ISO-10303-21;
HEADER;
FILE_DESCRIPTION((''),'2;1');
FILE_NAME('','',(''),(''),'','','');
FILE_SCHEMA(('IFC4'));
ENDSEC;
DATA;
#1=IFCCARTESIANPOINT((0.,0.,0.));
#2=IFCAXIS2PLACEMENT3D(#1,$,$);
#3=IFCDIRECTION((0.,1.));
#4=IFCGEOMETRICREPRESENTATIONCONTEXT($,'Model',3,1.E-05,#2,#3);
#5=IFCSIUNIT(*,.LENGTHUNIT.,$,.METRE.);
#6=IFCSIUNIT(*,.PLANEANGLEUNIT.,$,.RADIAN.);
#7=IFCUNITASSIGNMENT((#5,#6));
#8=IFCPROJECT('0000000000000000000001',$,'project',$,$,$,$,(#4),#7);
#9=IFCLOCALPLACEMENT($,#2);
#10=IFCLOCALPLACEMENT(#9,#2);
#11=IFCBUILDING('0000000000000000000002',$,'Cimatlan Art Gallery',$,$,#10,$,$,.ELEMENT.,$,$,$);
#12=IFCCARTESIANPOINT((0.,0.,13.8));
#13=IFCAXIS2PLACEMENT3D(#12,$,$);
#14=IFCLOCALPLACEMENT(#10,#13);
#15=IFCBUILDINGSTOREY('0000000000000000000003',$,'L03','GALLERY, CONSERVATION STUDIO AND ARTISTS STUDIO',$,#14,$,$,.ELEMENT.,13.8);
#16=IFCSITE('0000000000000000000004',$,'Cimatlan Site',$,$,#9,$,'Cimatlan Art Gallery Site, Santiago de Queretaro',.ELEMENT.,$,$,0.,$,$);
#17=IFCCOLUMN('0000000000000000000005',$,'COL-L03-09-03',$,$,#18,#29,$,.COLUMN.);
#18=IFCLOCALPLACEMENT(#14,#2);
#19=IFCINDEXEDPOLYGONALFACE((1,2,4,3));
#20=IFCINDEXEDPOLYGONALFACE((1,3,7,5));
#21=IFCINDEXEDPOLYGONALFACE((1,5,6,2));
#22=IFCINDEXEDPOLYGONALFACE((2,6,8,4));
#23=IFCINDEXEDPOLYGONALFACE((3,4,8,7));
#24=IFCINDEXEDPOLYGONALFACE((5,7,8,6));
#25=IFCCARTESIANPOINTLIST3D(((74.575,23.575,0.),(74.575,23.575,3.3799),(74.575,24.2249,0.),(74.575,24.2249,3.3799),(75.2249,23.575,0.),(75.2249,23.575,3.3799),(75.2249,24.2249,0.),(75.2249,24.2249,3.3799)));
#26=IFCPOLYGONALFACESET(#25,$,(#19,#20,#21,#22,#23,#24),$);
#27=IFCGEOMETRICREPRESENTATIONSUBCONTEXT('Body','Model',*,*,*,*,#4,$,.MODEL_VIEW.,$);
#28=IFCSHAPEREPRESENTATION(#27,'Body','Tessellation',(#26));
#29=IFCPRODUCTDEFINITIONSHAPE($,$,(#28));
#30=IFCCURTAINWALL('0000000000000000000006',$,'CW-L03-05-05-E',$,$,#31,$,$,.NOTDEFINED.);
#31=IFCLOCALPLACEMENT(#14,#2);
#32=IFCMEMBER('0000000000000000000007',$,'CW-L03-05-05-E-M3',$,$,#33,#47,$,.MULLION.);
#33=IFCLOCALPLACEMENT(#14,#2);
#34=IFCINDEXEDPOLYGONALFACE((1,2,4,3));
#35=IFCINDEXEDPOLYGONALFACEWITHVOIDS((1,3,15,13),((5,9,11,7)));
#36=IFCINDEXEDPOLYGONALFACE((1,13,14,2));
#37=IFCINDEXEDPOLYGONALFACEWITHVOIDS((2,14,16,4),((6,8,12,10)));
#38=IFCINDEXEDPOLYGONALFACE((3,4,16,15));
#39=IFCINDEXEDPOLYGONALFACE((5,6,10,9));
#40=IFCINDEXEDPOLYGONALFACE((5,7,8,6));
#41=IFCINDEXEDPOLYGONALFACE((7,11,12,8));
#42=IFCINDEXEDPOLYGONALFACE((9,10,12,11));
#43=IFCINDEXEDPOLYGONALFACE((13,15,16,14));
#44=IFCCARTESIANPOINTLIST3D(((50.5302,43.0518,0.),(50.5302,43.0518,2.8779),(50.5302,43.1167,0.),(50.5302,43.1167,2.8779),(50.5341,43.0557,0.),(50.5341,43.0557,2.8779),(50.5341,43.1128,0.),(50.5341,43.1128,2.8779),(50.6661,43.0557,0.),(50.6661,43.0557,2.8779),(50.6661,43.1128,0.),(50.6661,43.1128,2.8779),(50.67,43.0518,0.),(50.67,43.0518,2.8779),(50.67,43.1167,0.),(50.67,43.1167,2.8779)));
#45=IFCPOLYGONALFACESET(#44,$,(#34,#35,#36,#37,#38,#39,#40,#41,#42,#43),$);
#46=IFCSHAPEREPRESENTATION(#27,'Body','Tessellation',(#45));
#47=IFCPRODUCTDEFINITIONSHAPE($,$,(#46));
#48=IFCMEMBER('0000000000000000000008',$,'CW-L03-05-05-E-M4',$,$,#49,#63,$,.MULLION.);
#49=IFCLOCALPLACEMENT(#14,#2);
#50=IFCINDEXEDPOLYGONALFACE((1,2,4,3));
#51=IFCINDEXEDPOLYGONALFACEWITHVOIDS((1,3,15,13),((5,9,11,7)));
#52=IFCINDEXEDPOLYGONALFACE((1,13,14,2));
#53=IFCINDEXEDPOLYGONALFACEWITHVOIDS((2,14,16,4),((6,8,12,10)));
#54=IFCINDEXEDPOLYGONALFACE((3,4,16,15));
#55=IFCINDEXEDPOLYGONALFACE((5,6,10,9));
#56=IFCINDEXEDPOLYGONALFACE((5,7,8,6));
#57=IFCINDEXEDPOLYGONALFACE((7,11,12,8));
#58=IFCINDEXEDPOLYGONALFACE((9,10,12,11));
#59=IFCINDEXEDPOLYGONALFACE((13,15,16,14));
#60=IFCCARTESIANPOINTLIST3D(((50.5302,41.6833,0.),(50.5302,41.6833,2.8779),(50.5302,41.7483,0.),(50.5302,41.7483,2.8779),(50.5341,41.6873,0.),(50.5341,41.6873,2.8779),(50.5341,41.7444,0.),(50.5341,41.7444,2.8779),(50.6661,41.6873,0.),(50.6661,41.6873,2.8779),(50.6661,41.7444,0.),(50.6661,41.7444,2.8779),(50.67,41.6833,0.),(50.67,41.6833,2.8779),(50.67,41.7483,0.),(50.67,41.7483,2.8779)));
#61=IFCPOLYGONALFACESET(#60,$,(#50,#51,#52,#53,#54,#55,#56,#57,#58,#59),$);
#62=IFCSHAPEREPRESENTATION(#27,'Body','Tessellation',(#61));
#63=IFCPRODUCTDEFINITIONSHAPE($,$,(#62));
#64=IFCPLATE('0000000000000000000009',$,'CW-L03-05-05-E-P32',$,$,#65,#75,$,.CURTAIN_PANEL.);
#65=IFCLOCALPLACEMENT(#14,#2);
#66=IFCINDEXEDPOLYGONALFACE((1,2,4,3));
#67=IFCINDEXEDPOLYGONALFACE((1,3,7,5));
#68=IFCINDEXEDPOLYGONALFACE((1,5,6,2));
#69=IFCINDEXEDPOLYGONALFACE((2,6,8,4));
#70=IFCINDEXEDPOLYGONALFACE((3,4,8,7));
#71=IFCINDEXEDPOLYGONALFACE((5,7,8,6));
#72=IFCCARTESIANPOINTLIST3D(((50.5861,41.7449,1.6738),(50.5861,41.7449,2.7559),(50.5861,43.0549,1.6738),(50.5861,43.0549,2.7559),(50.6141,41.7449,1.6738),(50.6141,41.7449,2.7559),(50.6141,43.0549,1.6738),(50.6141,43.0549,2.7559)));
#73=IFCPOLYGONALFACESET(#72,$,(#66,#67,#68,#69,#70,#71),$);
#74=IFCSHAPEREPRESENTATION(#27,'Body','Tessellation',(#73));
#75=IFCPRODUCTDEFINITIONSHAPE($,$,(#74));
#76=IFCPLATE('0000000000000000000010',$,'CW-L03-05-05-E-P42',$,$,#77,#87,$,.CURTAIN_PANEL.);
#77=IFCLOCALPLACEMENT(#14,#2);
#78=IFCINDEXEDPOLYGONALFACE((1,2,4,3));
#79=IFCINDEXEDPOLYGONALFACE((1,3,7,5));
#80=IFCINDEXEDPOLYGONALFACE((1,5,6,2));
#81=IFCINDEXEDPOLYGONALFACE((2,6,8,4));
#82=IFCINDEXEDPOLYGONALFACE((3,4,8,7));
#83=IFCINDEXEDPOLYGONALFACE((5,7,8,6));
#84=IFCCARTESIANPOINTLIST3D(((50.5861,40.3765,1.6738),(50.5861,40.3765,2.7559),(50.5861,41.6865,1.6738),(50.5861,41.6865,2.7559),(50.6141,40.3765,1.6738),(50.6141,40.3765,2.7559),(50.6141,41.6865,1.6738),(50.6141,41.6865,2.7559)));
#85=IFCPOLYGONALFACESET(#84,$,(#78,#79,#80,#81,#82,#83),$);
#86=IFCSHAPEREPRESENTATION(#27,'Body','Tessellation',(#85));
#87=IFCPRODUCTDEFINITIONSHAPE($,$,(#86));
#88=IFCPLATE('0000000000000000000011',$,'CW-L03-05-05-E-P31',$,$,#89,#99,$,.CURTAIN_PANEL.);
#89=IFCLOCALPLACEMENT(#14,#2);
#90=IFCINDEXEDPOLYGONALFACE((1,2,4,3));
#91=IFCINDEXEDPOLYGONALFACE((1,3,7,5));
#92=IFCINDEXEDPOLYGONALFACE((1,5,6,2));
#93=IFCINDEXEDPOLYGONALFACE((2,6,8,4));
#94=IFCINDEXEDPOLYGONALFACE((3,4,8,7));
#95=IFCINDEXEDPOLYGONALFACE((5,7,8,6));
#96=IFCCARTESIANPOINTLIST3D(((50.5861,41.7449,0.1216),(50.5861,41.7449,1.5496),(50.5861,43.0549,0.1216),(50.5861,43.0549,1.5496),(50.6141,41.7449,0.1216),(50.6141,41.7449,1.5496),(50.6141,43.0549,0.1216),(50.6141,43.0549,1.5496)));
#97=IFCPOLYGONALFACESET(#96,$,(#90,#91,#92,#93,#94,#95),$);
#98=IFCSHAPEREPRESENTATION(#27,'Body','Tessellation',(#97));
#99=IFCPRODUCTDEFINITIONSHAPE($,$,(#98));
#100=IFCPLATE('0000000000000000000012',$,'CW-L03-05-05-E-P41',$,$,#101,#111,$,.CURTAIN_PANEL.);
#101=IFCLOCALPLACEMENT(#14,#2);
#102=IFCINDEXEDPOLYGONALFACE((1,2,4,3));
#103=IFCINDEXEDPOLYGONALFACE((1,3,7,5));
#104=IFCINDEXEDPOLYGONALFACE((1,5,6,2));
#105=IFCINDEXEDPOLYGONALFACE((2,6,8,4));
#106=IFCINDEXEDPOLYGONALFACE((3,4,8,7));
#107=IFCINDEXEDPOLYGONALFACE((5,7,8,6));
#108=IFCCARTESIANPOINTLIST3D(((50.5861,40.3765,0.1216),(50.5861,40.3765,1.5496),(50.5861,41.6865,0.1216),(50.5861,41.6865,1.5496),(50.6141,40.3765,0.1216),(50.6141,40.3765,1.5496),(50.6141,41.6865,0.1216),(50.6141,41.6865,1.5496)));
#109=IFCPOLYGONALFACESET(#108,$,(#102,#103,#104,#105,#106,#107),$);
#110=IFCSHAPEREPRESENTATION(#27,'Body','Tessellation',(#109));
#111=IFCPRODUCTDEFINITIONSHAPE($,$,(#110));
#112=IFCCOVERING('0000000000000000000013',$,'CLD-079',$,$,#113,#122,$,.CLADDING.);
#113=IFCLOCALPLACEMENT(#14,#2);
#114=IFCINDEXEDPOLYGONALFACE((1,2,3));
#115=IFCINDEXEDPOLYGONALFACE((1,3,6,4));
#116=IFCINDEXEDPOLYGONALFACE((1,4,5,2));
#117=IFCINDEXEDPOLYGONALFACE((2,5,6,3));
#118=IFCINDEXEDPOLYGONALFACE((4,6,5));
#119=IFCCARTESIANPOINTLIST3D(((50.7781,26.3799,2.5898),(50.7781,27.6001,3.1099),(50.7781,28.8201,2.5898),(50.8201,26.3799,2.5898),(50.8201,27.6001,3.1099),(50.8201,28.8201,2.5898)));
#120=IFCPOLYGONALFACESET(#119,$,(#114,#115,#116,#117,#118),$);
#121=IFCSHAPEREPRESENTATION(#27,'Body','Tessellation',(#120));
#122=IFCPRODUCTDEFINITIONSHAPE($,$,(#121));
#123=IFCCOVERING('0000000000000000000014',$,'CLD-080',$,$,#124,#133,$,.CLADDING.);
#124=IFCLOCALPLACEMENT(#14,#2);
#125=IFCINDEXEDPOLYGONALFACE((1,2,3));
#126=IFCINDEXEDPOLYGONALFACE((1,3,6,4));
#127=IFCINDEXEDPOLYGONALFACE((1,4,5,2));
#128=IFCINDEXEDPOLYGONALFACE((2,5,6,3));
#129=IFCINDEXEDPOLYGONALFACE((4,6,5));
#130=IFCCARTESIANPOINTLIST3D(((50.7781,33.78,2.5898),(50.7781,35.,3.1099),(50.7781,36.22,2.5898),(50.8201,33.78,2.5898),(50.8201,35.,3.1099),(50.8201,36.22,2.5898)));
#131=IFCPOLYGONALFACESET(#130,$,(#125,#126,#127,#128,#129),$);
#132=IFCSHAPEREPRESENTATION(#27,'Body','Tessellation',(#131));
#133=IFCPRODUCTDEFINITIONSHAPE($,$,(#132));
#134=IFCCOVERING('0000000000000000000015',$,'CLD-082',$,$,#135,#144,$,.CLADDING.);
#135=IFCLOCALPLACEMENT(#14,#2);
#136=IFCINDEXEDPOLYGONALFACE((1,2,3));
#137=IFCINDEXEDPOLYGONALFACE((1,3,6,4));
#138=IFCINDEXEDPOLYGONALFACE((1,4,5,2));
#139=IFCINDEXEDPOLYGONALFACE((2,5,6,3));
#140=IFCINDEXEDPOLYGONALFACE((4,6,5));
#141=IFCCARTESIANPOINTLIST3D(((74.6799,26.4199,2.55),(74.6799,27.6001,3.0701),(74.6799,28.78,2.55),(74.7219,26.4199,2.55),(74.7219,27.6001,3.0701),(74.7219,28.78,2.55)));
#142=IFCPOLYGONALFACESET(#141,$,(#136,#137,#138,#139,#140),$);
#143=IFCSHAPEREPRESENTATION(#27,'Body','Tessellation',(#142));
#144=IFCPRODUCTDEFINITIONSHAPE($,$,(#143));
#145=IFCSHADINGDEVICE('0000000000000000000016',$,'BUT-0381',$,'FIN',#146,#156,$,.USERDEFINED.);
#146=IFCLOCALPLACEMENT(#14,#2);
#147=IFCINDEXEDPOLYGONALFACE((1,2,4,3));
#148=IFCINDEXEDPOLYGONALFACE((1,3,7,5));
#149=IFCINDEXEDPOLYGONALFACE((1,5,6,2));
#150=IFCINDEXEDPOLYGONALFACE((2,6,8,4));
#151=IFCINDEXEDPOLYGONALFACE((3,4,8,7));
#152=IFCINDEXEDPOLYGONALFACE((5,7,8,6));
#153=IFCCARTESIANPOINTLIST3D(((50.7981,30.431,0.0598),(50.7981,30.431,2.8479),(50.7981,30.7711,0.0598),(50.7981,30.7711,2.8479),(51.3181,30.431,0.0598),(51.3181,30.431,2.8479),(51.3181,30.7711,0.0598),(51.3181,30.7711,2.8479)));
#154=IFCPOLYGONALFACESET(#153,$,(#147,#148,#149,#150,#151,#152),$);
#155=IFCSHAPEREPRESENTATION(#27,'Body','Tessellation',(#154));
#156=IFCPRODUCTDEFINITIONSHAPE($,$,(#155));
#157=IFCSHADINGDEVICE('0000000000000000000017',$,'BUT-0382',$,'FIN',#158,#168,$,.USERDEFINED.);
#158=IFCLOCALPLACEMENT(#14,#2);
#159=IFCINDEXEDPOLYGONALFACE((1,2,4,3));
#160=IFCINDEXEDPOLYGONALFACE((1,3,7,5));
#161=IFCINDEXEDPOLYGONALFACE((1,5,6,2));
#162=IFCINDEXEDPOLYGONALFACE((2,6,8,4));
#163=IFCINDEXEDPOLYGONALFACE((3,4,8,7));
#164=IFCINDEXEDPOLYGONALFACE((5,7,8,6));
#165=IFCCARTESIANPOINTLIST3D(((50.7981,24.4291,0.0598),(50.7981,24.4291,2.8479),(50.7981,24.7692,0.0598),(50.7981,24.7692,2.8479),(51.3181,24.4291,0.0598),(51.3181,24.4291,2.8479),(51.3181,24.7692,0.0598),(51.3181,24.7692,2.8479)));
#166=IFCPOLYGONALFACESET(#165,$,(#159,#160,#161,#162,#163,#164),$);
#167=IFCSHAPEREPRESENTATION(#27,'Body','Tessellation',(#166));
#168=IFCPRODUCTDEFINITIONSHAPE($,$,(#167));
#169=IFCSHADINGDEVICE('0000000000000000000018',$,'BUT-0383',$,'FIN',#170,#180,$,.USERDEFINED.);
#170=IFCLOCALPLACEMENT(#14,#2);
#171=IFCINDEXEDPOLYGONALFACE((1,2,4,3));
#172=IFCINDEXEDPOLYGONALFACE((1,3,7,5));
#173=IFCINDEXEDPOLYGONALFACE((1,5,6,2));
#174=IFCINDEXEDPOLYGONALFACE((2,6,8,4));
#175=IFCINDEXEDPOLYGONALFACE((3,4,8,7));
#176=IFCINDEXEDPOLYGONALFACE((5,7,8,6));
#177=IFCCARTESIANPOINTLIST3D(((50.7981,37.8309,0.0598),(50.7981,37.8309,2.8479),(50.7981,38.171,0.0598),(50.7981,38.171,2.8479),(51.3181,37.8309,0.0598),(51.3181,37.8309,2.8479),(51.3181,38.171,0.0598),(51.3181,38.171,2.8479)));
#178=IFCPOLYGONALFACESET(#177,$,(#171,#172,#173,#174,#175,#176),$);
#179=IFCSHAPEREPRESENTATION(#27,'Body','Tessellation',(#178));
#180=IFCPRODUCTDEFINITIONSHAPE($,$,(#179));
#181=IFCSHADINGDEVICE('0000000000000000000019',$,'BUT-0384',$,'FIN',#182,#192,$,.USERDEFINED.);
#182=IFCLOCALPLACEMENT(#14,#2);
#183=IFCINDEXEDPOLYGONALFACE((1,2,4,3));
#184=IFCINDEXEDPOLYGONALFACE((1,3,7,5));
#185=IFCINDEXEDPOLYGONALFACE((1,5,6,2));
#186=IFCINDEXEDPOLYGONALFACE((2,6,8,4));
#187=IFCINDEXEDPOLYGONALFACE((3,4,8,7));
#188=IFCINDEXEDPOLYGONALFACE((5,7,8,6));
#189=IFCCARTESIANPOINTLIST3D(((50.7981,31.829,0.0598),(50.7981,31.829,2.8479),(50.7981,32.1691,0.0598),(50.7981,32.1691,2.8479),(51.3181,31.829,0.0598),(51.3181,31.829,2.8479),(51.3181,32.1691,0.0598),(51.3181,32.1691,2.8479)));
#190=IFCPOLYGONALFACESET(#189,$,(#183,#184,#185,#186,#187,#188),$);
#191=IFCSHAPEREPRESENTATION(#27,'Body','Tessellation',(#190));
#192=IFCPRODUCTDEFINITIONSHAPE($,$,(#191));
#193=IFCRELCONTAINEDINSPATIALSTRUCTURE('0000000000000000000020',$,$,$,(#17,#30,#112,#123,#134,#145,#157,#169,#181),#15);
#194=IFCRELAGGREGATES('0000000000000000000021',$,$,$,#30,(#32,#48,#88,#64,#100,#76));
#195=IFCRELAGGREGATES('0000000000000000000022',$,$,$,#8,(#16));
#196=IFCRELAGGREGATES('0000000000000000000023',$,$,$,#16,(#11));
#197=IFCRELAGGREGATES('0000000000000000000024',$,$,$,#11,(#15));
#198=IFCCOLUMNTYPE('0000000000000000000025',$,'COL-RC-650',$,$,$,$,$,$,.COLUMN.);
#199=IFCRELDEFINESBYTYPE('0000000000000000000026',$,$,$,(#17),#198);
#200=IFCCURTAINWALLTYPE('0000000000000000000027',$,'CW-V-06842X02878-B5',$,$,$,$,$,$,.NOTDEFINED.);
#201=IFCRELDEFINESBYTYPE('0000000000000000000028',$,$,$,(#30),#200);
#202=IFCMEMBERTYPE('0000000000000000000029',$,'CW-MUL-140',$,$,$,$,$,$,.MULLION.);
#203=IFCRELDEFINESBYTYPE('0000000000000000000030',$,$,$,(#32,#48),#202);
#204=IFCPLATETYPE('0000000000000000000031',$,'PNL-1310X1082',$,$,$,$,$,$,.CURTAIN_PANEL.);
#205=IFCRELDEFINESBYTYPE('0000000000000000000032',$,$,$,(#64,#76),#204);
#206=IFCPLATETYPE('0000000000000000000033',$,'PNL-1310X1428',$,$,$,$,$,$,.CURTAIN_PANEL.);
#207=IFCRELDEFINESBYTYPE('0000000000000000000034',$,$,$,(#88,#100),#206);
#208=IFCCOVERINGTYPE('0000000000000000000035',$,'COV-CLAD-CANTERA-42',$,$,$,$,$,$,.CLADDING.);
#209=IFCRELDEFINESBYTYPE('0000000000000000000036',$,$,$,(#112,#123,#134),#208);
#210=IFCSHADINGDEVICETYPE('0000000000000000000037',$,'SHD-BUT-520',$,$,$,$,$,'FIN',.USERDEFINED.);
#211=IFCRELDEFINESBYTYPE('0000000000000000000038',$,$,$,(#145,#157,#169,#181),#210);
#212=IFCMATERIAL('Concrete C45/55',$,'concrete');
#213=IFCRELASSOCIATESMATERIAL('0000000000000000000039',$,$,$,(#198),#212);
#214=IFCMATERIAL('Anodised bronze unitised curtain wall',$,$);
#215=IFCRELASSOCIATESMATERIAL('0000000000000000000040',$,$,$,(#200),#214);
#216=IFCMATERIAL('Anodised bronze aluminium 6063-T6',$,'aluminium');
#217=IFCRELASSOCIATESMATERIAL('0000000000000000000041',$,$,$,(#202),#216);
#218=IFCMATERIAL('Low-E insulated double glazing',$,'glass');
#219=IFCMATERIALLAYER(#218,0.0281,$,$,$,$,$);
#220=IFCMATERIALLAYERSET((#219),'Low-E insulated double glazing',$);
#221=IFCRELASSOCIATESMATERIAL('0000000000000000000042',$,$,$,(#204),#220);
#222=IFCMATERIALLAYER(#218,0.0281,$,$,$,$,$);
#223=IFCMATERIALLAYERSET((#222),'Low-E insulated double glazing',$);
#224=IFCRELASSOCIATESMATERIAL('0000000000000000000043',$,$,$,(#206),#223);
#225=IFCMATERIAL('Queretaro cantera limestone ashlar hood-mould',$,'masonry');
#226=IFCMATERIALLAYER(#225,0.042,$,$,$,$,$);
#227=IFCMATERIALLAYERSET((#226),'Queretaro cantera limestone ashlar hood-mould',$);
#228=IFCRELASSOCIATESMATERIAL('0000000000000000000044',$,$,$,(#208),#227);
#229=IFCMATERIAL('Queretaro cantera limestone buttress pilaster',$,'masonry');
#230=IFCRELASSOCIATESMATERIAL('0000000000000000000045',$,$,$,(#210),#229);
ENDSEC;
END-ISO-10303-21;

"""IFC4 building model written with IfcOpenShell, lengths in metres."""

from ifc_helpers import new_model, si_unit, direction, frame, origin, origin_2d, place, context, subcontext, project, spatial, polyline, rectangle, hollow_rectangle, outline, extrude, material, layer, layer_set, material_profile, profile_set, type_object, element, aggregate, save


model = new_model("IFC4")

# Units and contexts
model_context = context("Model", 3, precision=1e-05, world=origin(), true_north=direction((0.0, 1.0)))
body_context = subcontext(model_context, "Body", "Model", "MODEL_VIEW")
ifc_project = project(units=[si_unit("LENGTHUNIT", "METRE"), si_unit("PLANEANGLEUNIT", "RADIAN")], contexts=[model_context])

# Site, building, storey
site_placement = place(None, origin())
site = spatial("IfcSite", under=ifc_project, at=site_placement, Name="Cimatlan Site", LongName="Cimatlan Art Gallery Site, Santiago de Queretaro", CompositionType="ELEMENT", RefElevation=0.0)
building_placement = place(site_placement, origin())
building = spatial("IfcBuilding", under=site, at=building_placement, Name="Cimatlan Art Gallery", CompositionType="ELEMENT")
storey_placement = place(building_placement, frame((0.0, 0.0, 13.8)))
storey = spatial("IfcBuildingStorey", under=building, at=storey_placement, Name="L03", Description="GALLERY, CONSERVATION STUDIO AND ARTISTS STUDIO", CompositionType="ELEMENT", Elevation=13.8)

# Column
ifc_material_1 = material(Name="Concrete C45/55", Category="concrete")
ifc_material_profile_1 = material_profile(ifc_material_1, rectangle(XDim=0.6499, YDim=0.6499, at=origin_2d()), Name="RC650X650")
ifc_profile_set_1 = profile_set([ifc_material_profile_1], Name="Concrete C45/55")
column_type = type_object("IfcColumnType", Name="COL-RC-650", PredefinedType="COLUMN", material=ifc_profile_set_1)
column_placement = place(storey_placement, frame((74.8999, 23.8999, 0.0), z_axis=(0.0, 0.0, 1.0), x_axis=(1.0, 0.0, 0.0)))
element("IfcColumn", 1, at=column_placement, inside=storey, type_object=column_type, Name="COL-L03-09-03", PredefinedType="COLUMN", context=body_context, shape_type="SweptSolid", body=[
    extrude(rectangle(XDim=0.6499, YDim=0.6499, at=origin_2d()), origin(), (0.0, 0.0, 1.0), 3.3799),
])

# Curtain wall, members, plates
ifc_material_2 = material(Name="Anodised bronze unitised curtain wall")
curtain_wall_type = type_object("IfcCurtainWallType", Name="CW-V-06842X02878-B5", PredefinedType="NOTDEFINED", material=ifc_material_2)
curtain_wall_placement = place(storey_placement, origin())
curtain_wall = element("IfcCurtainWall", 2, at=curtain_wall_placement, inside=storey, type_object=curtain_wall_type, Name="CW-L03-05-05-E", PredefinedType="NOTDEFINED")
ifc_material_3 = material(Name="Anodised bronze aluminium 6063-T6", Category="aluminium")
ifc_material_profile_2 = material_profile(ifc_material_3, hollow_rectangle(XDim=0.0649, YDim=0.1399, WallThickness=0.0039, at=origin_2d()), Name="ALU65X140X4")
ifc_profile_set_2 = profile_set([ifc_material_profile_2], Name="Anodised bronze aluminium 6063-T6")
member_type = type_object("IfcMemberType", Name="CW-MUL-140", PredefinedType="MULLION", material=ifc_profile_set_2)
member_1_placement = place(storey_placement, frame((50.6001, 43.0842, 0.0), z_axis=(0.0, 0.0, 1.0), x_axis=(0.0, 1.0, 0.0)))
member_1 = element("IfcMember", 3, at=member_1_placement, type_object=member_type, Name="CW-L03-05-05-E-M3", PredefinedType="MULLION", context=body_context, shape_type="SweptSolid", body=[
    extrude(hollow_rectangle(XDim=0.0649, YDim=0.1399, WallThickness=0.0039, at=origin_2d()), origin(), (0.0, 0.0, 1.0), 2.8779),
])
member_2_placement = place(storey_placement, frame((50.6001, 41.7158, 0.0), z_axis=(0.0, 0.0, 1.0), x_axis=(0.0, 1.0, 0.0)))
member_2 = element("IfcMember", 4, at=member_2_placement, type_object=member_type, Name="CW-L03-05-05-E-M4", PredefinedType="MULLION", context=body_context, shape_type="SweptSolid", body=[
    extrude(hollow_rectangle(XDim=0.0649, YDim=0.1399, WallThickness=0.0039, at=origin_2d()), origin(), (0.0, 0.0, 1.0), 2.8779),
])
ifc_material_4 = material(Name="Low-E insulated double glazing", Category="glass")
ifc_layer_1 = layer(ifc_material_4, 0.0281)
ifc_layer_set_1 = layer_set([ifc_layer_1], Name="Low-E insulated double glazing")
plate_type_1 = type_object("IfcPlateType", Name="PNL-1310X1082", PredefinedType="CURTAIN_PANEL", material=ifc_layer_set_1)
plate_1_placement = place(storey_placement, frame((50.6001, 42.3999, 1.6738), z_axis=(0.0, 0.0, 1.0), x_axis=(0.0, -1.0, 0.0)))
plate_1 = element("IfcPlate", 5, at=plate_1_placement, type_object=plate_type_1, Name="CW-L03-05-05-E-P32", PredefinedType="CURTAIN_PANEL", context=body_context, shape_type="SweptSolid", body=[
    extrude(rectangle(XDim=1.3101, YDim=0.0281, at=origin_2d()), origin(), (0.0, 0.0, 1.0), 1.082),
])
plate_2_placement = place(storey_placement, frame((50.6001, 41.0315, 1.6738), z_axis=(0.0, 0.0, 1.0), x_axis=(0.0, -1.0, 0.0)))
plate_2 = element("IfcPlate", 6, at=plate_2_placement, type_object=plate_type_1, Name="CW-L03-05-05-E-P42", PredefinedType="CURTAIN_PANEL", context=body_context, shape_type="SweptSolid", body=[
    extrude(rectangle(XDim=1.3101, YDim=0.0281, at=origin_2d()), origin(), (0.0, 0.0, 1.0), 1.082),
])
ifc_layer_2 = layer(ifc_material_4, 0.0281)
ifc_layer_set_2 = layer_set([ifc_layer_2], Name="Low-E insulated double glazing")
plate_type_2 = type_object("IfcPlateType", Name="PNL-1310X1428", PredefinedType="CURTAIN_PANEL", material=ifc_layer_set_2)
plate_3_placement = place(storey_placement, frame((50.6001, 42.3999, 0.1216), z_axis=(0.0, 0.0, 1.0), x_axis=(0.0, -1.0, 0.0)))
plate_3 = element("IfcPlate", 7, at=plate_3_placement, type_object=plate_type_2, Name="CW-L03-05-05-E-P31", PredefinedType="CURTAIN_PANEL", context=body_context, shape_type="SweptSolid", body=[
    extrude(rectangle(XDim=1.3101, YDim=0.0281, at=origin_2d()), origin(), (0.0, 0.0, 1.0), 1.428),
])
plate_4_placement = place(storey_placement, frame((50.6001, 41.0315, 0.1216), z_axis=(0.0, 0.0, 1.0), x_axis=(0.0, -1.0, 0.0)))
plate_4 = element("IfcPlate", 8, at=plate_4_placement, type_object=plate_type_2, Name="CW-L03-05-05-E-P41", PredefinedType="CURTAIN_PANEL", context=body_context, shape_type="SweptSolid", body=[
    extrude(rectangle(XDim=1.3101, YDim=0.0281, at=origin_2d()), origin(), (0.0, 0.0, 1.0), 1.428),
])
aggregate(curtain_wall, [member_1, member_2, plate_3, plate_1, plate_4, plate_2])

# Coverings
ifc_material_5 = material(Name="Queretaro cantera limestone ashlar hood-mould", Category="masonry")
ifc_layer_3 = layer(ifc_material_5, 0.042)
ifc_layer_set_3 = layer_set([ifc_layer_3], Name="Queretaro cantera limestone ashlar hood-mould")
covering_type = type_object("IfcCoveringType", Name="COV-CLAD-CANTERA-42", PredefinedType="CLADDING", material=ifc_layer_set_3)
covering_1_placement = place(storey_placement, frame((50.7781, 28.8201, 2.5898), z_axis=(-1.0, 0.0, 0.0), x_axis=(0.0, -1.0, 0.0)))
element("IfcCovering", 9, at=covering_1_placement, inside=storey, type_object=covering_type, Name="CLD-079", PredefinedType="CLADDING", context=body_context, shape_type="SweptSolid", body=[
    extrude(outline(polyline([(0.0, 0.0), (2.4402, 0.0), (1.22, 0.52), (0.0, 0.0)])), origin(), (0.0, 0.0, -1.0), 0.042),
])
covering_2_placement = place(storey_placement, frame((50.7781, 36.22, 2.5898), z_axis=(-1.0, 0.0, 0.0), x_axis=(0.0, -1.0, 0.0)))
element("IfcCovering", 10, at=covering_2_placement, inside=storey, type_object=covering_type, Name="CLD-080", PredefinedType="CLADDING", context=body_context, shape_type="SweptSolid", body=[
    extrude(outline(polyline([(0.0, 0.0), (2.4399, 0.0), (1.22, 0.52), (0.0, 0.0)])), origin(), (0.0, 0.0, -1.0), 0.042),
])
covering_3_placement = place(storey_placement, frame((74.7219, 26.4199, 2.55), z_axis=(1.0, 0.0, 0.0), x_axis=(0.0, 1.0, 0.0)))
element("IfcCovering", 11, at=covering_3_placement, inside=storey, type_object=covering_type, Name="CLD-082", PredefinedType="CLADDING", context=body_context, shape_type="SweptSolid", body=[
    extrude(outline(polyline([(0.0, 0.0), (2.3601, 0.0), (1.1802, 0.52), (0.0, 0.0)])), origin(), (0.0, 0.0, -1.0), 0.042),
])

# Shading devices
ifc_material_6 = material(Name="Queretaro cantera limestone buttress pilaster", Category="masonry")
shading_device_type_1 = type_object("IfcShadingDeviceType", Name="SHD-BUT-520", ElementType="FIN", PredefinedType="USERDEFINED", material=ifc_material_6)
for number, where, z_axis, x_axis, name in (
    (12, (51.0581, 30.6011, 0.0598), (0.0, 0.0, 1.0), (0.0, -1.0, 0.0), "BUT-0381"),
    (13, (51.0581, 24.5991, 0.0598), (0.0, 0.0, 1.0), (0.0, -1.0, 0.0), "BUT-0382"),
    (14, (51.0581, 38.001, 0.0598), (0.0, 0.0, 1.0), (0.0, -1.0, 0.0), "BUT-0383"),
    (15, (51.0581, 31.999, 0.0598), (0.0, 0.0, 1.0), (0.0, -1.0, 0.0), "BUT-0384"),
):
    element("IfcShadingDevice", number, at=place(storey_placement, frame(where, z_axis=z_axis, x_axis=x_axis)), inside=storey, type_object=shading_device_type_1, Name=name, ObjectType="FIN", PredefinedType="USERDEFINED", context=body_context, shape_type="SweptSolid", body=[
        extrude(rectangle(XDim=0.3401, YDim=0.52, at=origin_2d()), origin(), (0.0, 0.0, 1.0), 2.7881),
    ])

save(model, "model.ifc")
